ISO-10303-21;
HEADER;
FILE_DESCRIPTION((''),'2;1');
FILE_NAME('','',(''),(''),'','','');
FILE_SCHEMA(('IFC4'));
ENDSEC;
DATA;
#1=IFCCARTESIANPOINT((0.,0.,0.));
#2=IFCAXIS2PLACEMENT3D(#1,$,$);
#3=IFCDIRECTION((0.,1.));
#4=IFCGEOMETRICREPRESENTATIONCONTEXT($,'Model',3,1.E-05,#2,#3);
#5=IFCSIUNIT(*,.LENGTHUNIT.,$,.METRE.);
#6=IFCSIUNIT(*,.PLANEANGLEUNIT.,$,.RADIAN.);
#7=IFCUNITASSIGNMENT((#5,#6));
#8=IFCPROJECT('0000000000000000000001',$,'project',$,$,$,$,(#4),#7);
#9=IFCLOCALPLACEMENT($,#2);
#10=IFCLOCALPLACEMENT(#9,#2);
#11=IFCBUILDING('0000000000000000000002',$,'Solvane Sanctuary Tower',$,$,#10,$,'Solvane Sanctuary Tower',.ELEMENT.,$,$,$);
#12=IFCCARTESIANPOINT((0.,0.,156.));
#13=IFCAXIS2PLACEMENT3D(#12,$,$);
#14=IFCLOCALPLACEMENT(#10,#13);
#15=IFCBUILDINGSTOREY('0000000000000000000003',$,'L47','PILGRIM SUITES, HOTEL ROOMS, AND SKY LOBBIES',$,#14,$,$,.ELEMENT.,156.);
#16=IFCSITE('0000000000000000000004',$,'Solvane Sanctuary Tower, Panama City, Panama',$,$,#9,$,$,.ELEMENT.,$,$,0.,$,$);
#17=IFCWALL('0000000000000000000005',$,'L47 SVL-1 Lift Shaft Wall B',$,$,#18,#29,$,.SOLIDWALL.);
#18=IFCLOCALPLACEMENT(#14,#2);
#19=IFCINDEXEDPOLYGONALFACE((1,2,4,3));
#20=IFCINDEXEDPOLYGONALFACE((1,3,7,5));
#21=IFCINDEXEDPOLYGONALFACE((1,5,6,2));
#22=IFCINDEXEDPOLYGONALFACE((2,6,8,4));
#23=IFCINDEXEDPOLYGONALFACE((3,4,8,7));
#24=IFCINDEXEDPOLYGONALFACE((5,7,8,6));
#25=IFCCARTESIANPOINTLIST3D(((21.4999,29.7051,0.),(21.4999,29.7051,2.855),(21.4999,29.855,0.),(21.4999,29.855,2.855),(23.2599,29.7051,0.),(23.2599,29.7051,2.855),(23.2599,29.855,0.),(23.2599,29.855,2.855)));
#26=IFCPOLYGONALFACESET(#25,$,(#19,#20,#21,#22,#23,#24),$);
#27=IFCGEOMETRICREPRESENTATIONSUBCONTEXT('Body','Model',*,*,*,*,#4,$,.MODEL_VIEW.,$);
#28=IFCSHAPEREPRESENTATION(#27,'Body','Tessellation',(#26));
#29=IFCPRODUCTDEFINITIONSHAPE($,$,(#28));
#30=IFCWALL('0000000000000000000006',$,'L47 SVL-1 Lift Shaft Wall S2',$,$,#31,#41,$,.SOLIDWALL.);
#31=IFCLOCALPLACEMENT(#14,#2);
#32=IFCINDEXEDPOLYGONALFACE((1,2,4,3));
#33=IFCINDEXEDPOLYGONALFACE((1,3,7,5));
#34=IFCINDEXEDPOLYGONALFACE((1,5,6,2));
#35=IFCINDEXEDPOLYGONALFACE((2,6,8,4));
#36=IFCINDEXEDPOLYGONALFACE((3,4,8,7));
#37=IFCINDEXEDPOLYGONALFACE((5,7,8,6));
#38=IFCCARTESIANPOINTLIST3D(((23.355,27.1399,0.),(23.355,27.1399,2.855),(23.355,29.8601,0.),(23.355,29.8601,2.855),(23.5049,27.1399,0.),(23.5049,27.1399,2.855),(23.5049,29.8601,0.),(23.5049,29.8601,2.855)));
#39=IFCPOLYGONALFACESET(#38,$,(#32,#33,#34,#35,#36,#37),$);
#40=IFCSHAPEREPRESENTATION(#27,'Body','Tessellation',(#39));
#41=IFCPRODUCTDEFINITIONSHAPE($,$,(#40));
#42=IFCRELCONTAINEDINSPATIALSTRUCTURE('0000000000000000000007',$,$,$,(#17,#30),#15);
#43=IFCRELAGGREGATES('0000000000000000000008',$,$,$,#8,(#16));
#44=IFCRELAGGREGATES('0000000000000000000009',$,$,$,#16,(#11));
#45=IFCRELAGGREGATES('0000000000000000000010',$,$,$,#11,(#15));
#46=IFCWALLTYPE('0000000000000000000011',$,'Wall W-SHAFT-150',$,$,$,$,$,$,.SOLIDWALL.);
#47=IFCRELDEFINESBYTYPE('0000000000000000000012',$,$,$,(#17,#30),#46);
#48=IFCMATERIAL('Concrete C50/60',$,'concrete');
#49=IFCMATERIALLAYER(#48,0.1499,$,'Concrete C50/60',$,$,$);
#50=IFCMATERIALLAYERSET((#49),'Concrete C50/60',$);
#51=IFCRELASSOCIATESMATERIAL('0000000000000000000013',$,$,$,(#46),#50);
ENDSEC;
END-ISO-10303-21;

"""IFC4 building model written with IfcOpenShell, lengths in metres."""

from ifc_helpers import new_model, si_unit, direction, frame, frame_2d, origin, place, context, subcontext, project, spatial, rectangle, extrude, material, layer, layer_set, type_object, element, save


model = new_model("IFC4")

# Units and contexts
model_context = context("Model", 3, precision=1e-05, world=origin(), true_north=direction((0.0, 1.0)))
body_context = subcontext(model_context, "Body", "Model", "MODEL_VIEW")
ifc_project = project(units=[si_unit("LENGTHUNIT", "METRE"), si_unit("PLANEANGLEUNIT", "RADIAN")], contexts=[model_context])

# Site, building, storey
site_placement = place(None, origin())
site = spatial("IfcSite", under=ifc_project, at=site_placement, Name="Solvane Sanctuary Tower, Panama City, Panama", CompositionType="ELEMENT", RefElevation=0.0)
building_placement = place(site_placement, origin())
building = spatial("IfcBuilding", under=site, at=building_placement, Name="Solvane Sanctuary Tower", LongName="Solvane Sanctuary Tower", CompositionType="ELEMENT")
storey_placement = place(building_placement, frame((0.0, 0.0, 156.0)))
storey = spatial("IfcBuildingStorey", under=building, at=storey_placement, Name="L47", Description="PILGRIM SUITES, HOTEL ROOMS, AND SKY LOBBIES", CompositionType="ELEMENT", Elevation=156.0)

# Shared definitions
ifc_material_1 = material(Name="Concrete C50/60", Category="concrete")

# Shared definitions
ifc_layer_1 = layer(ifc_material_1, 0.1499, Name="Concrete C50/60")
ifc_layer_set_1 = layer_set([ifc_layer_1], Name="Concrete C50/60")
wall_type_1 = type_object("IfcWallType", Name="Wall W-SHAFT-150", PredefinedType="SOLIDWALL", material=ifc_layer_set_1)

# Walls
wall_1_placement = place(storey_placement, frame((21.5, 29.78, 0.0), z_axis=(0.0, 0.0, 1.0), x_axis=(1.0, 0.0, 0.0)))
element("IfcWall", 1, at=wall_1_placement, inside=storey, type_object=wall_type_1, Name="L47 SVL-1 Lift Shaft Wall B", PredefinedType="SOLIDWALL", context=body_context, shape_type="SweptSolid", body=[
    extrude(rectangle(XDim=1.76, YDim=0.1499, at=frame_2d((0.8799, 0.0))), origin(), (0.0, 0.0, 1.0), 2.855),
])
wall_2_placement = place(storey_placement, frame((23.4299, 27.1399, 0.0), z_axis=(0.0, 0.0, 1.0), x_axis=(0.0, 1.0, 0.0)))
element("IfcWall", 2, at=wall_2_placement, inside=storey, type_object=wall_type_1, Name="L47 SVL-1 Lift Shaft Wall S2", PredefinedType="SOLIDWALL", context=body_context, shape_type="SweptSolid", body=[
    extrude(rectangle(XDim=2.7202, YDim=0.1499, at=frame_2d((1.3601, 0.0))), origin(), (0.0, 0.0, 1.0), 2.855),
])

save(model, "model.ifc")
